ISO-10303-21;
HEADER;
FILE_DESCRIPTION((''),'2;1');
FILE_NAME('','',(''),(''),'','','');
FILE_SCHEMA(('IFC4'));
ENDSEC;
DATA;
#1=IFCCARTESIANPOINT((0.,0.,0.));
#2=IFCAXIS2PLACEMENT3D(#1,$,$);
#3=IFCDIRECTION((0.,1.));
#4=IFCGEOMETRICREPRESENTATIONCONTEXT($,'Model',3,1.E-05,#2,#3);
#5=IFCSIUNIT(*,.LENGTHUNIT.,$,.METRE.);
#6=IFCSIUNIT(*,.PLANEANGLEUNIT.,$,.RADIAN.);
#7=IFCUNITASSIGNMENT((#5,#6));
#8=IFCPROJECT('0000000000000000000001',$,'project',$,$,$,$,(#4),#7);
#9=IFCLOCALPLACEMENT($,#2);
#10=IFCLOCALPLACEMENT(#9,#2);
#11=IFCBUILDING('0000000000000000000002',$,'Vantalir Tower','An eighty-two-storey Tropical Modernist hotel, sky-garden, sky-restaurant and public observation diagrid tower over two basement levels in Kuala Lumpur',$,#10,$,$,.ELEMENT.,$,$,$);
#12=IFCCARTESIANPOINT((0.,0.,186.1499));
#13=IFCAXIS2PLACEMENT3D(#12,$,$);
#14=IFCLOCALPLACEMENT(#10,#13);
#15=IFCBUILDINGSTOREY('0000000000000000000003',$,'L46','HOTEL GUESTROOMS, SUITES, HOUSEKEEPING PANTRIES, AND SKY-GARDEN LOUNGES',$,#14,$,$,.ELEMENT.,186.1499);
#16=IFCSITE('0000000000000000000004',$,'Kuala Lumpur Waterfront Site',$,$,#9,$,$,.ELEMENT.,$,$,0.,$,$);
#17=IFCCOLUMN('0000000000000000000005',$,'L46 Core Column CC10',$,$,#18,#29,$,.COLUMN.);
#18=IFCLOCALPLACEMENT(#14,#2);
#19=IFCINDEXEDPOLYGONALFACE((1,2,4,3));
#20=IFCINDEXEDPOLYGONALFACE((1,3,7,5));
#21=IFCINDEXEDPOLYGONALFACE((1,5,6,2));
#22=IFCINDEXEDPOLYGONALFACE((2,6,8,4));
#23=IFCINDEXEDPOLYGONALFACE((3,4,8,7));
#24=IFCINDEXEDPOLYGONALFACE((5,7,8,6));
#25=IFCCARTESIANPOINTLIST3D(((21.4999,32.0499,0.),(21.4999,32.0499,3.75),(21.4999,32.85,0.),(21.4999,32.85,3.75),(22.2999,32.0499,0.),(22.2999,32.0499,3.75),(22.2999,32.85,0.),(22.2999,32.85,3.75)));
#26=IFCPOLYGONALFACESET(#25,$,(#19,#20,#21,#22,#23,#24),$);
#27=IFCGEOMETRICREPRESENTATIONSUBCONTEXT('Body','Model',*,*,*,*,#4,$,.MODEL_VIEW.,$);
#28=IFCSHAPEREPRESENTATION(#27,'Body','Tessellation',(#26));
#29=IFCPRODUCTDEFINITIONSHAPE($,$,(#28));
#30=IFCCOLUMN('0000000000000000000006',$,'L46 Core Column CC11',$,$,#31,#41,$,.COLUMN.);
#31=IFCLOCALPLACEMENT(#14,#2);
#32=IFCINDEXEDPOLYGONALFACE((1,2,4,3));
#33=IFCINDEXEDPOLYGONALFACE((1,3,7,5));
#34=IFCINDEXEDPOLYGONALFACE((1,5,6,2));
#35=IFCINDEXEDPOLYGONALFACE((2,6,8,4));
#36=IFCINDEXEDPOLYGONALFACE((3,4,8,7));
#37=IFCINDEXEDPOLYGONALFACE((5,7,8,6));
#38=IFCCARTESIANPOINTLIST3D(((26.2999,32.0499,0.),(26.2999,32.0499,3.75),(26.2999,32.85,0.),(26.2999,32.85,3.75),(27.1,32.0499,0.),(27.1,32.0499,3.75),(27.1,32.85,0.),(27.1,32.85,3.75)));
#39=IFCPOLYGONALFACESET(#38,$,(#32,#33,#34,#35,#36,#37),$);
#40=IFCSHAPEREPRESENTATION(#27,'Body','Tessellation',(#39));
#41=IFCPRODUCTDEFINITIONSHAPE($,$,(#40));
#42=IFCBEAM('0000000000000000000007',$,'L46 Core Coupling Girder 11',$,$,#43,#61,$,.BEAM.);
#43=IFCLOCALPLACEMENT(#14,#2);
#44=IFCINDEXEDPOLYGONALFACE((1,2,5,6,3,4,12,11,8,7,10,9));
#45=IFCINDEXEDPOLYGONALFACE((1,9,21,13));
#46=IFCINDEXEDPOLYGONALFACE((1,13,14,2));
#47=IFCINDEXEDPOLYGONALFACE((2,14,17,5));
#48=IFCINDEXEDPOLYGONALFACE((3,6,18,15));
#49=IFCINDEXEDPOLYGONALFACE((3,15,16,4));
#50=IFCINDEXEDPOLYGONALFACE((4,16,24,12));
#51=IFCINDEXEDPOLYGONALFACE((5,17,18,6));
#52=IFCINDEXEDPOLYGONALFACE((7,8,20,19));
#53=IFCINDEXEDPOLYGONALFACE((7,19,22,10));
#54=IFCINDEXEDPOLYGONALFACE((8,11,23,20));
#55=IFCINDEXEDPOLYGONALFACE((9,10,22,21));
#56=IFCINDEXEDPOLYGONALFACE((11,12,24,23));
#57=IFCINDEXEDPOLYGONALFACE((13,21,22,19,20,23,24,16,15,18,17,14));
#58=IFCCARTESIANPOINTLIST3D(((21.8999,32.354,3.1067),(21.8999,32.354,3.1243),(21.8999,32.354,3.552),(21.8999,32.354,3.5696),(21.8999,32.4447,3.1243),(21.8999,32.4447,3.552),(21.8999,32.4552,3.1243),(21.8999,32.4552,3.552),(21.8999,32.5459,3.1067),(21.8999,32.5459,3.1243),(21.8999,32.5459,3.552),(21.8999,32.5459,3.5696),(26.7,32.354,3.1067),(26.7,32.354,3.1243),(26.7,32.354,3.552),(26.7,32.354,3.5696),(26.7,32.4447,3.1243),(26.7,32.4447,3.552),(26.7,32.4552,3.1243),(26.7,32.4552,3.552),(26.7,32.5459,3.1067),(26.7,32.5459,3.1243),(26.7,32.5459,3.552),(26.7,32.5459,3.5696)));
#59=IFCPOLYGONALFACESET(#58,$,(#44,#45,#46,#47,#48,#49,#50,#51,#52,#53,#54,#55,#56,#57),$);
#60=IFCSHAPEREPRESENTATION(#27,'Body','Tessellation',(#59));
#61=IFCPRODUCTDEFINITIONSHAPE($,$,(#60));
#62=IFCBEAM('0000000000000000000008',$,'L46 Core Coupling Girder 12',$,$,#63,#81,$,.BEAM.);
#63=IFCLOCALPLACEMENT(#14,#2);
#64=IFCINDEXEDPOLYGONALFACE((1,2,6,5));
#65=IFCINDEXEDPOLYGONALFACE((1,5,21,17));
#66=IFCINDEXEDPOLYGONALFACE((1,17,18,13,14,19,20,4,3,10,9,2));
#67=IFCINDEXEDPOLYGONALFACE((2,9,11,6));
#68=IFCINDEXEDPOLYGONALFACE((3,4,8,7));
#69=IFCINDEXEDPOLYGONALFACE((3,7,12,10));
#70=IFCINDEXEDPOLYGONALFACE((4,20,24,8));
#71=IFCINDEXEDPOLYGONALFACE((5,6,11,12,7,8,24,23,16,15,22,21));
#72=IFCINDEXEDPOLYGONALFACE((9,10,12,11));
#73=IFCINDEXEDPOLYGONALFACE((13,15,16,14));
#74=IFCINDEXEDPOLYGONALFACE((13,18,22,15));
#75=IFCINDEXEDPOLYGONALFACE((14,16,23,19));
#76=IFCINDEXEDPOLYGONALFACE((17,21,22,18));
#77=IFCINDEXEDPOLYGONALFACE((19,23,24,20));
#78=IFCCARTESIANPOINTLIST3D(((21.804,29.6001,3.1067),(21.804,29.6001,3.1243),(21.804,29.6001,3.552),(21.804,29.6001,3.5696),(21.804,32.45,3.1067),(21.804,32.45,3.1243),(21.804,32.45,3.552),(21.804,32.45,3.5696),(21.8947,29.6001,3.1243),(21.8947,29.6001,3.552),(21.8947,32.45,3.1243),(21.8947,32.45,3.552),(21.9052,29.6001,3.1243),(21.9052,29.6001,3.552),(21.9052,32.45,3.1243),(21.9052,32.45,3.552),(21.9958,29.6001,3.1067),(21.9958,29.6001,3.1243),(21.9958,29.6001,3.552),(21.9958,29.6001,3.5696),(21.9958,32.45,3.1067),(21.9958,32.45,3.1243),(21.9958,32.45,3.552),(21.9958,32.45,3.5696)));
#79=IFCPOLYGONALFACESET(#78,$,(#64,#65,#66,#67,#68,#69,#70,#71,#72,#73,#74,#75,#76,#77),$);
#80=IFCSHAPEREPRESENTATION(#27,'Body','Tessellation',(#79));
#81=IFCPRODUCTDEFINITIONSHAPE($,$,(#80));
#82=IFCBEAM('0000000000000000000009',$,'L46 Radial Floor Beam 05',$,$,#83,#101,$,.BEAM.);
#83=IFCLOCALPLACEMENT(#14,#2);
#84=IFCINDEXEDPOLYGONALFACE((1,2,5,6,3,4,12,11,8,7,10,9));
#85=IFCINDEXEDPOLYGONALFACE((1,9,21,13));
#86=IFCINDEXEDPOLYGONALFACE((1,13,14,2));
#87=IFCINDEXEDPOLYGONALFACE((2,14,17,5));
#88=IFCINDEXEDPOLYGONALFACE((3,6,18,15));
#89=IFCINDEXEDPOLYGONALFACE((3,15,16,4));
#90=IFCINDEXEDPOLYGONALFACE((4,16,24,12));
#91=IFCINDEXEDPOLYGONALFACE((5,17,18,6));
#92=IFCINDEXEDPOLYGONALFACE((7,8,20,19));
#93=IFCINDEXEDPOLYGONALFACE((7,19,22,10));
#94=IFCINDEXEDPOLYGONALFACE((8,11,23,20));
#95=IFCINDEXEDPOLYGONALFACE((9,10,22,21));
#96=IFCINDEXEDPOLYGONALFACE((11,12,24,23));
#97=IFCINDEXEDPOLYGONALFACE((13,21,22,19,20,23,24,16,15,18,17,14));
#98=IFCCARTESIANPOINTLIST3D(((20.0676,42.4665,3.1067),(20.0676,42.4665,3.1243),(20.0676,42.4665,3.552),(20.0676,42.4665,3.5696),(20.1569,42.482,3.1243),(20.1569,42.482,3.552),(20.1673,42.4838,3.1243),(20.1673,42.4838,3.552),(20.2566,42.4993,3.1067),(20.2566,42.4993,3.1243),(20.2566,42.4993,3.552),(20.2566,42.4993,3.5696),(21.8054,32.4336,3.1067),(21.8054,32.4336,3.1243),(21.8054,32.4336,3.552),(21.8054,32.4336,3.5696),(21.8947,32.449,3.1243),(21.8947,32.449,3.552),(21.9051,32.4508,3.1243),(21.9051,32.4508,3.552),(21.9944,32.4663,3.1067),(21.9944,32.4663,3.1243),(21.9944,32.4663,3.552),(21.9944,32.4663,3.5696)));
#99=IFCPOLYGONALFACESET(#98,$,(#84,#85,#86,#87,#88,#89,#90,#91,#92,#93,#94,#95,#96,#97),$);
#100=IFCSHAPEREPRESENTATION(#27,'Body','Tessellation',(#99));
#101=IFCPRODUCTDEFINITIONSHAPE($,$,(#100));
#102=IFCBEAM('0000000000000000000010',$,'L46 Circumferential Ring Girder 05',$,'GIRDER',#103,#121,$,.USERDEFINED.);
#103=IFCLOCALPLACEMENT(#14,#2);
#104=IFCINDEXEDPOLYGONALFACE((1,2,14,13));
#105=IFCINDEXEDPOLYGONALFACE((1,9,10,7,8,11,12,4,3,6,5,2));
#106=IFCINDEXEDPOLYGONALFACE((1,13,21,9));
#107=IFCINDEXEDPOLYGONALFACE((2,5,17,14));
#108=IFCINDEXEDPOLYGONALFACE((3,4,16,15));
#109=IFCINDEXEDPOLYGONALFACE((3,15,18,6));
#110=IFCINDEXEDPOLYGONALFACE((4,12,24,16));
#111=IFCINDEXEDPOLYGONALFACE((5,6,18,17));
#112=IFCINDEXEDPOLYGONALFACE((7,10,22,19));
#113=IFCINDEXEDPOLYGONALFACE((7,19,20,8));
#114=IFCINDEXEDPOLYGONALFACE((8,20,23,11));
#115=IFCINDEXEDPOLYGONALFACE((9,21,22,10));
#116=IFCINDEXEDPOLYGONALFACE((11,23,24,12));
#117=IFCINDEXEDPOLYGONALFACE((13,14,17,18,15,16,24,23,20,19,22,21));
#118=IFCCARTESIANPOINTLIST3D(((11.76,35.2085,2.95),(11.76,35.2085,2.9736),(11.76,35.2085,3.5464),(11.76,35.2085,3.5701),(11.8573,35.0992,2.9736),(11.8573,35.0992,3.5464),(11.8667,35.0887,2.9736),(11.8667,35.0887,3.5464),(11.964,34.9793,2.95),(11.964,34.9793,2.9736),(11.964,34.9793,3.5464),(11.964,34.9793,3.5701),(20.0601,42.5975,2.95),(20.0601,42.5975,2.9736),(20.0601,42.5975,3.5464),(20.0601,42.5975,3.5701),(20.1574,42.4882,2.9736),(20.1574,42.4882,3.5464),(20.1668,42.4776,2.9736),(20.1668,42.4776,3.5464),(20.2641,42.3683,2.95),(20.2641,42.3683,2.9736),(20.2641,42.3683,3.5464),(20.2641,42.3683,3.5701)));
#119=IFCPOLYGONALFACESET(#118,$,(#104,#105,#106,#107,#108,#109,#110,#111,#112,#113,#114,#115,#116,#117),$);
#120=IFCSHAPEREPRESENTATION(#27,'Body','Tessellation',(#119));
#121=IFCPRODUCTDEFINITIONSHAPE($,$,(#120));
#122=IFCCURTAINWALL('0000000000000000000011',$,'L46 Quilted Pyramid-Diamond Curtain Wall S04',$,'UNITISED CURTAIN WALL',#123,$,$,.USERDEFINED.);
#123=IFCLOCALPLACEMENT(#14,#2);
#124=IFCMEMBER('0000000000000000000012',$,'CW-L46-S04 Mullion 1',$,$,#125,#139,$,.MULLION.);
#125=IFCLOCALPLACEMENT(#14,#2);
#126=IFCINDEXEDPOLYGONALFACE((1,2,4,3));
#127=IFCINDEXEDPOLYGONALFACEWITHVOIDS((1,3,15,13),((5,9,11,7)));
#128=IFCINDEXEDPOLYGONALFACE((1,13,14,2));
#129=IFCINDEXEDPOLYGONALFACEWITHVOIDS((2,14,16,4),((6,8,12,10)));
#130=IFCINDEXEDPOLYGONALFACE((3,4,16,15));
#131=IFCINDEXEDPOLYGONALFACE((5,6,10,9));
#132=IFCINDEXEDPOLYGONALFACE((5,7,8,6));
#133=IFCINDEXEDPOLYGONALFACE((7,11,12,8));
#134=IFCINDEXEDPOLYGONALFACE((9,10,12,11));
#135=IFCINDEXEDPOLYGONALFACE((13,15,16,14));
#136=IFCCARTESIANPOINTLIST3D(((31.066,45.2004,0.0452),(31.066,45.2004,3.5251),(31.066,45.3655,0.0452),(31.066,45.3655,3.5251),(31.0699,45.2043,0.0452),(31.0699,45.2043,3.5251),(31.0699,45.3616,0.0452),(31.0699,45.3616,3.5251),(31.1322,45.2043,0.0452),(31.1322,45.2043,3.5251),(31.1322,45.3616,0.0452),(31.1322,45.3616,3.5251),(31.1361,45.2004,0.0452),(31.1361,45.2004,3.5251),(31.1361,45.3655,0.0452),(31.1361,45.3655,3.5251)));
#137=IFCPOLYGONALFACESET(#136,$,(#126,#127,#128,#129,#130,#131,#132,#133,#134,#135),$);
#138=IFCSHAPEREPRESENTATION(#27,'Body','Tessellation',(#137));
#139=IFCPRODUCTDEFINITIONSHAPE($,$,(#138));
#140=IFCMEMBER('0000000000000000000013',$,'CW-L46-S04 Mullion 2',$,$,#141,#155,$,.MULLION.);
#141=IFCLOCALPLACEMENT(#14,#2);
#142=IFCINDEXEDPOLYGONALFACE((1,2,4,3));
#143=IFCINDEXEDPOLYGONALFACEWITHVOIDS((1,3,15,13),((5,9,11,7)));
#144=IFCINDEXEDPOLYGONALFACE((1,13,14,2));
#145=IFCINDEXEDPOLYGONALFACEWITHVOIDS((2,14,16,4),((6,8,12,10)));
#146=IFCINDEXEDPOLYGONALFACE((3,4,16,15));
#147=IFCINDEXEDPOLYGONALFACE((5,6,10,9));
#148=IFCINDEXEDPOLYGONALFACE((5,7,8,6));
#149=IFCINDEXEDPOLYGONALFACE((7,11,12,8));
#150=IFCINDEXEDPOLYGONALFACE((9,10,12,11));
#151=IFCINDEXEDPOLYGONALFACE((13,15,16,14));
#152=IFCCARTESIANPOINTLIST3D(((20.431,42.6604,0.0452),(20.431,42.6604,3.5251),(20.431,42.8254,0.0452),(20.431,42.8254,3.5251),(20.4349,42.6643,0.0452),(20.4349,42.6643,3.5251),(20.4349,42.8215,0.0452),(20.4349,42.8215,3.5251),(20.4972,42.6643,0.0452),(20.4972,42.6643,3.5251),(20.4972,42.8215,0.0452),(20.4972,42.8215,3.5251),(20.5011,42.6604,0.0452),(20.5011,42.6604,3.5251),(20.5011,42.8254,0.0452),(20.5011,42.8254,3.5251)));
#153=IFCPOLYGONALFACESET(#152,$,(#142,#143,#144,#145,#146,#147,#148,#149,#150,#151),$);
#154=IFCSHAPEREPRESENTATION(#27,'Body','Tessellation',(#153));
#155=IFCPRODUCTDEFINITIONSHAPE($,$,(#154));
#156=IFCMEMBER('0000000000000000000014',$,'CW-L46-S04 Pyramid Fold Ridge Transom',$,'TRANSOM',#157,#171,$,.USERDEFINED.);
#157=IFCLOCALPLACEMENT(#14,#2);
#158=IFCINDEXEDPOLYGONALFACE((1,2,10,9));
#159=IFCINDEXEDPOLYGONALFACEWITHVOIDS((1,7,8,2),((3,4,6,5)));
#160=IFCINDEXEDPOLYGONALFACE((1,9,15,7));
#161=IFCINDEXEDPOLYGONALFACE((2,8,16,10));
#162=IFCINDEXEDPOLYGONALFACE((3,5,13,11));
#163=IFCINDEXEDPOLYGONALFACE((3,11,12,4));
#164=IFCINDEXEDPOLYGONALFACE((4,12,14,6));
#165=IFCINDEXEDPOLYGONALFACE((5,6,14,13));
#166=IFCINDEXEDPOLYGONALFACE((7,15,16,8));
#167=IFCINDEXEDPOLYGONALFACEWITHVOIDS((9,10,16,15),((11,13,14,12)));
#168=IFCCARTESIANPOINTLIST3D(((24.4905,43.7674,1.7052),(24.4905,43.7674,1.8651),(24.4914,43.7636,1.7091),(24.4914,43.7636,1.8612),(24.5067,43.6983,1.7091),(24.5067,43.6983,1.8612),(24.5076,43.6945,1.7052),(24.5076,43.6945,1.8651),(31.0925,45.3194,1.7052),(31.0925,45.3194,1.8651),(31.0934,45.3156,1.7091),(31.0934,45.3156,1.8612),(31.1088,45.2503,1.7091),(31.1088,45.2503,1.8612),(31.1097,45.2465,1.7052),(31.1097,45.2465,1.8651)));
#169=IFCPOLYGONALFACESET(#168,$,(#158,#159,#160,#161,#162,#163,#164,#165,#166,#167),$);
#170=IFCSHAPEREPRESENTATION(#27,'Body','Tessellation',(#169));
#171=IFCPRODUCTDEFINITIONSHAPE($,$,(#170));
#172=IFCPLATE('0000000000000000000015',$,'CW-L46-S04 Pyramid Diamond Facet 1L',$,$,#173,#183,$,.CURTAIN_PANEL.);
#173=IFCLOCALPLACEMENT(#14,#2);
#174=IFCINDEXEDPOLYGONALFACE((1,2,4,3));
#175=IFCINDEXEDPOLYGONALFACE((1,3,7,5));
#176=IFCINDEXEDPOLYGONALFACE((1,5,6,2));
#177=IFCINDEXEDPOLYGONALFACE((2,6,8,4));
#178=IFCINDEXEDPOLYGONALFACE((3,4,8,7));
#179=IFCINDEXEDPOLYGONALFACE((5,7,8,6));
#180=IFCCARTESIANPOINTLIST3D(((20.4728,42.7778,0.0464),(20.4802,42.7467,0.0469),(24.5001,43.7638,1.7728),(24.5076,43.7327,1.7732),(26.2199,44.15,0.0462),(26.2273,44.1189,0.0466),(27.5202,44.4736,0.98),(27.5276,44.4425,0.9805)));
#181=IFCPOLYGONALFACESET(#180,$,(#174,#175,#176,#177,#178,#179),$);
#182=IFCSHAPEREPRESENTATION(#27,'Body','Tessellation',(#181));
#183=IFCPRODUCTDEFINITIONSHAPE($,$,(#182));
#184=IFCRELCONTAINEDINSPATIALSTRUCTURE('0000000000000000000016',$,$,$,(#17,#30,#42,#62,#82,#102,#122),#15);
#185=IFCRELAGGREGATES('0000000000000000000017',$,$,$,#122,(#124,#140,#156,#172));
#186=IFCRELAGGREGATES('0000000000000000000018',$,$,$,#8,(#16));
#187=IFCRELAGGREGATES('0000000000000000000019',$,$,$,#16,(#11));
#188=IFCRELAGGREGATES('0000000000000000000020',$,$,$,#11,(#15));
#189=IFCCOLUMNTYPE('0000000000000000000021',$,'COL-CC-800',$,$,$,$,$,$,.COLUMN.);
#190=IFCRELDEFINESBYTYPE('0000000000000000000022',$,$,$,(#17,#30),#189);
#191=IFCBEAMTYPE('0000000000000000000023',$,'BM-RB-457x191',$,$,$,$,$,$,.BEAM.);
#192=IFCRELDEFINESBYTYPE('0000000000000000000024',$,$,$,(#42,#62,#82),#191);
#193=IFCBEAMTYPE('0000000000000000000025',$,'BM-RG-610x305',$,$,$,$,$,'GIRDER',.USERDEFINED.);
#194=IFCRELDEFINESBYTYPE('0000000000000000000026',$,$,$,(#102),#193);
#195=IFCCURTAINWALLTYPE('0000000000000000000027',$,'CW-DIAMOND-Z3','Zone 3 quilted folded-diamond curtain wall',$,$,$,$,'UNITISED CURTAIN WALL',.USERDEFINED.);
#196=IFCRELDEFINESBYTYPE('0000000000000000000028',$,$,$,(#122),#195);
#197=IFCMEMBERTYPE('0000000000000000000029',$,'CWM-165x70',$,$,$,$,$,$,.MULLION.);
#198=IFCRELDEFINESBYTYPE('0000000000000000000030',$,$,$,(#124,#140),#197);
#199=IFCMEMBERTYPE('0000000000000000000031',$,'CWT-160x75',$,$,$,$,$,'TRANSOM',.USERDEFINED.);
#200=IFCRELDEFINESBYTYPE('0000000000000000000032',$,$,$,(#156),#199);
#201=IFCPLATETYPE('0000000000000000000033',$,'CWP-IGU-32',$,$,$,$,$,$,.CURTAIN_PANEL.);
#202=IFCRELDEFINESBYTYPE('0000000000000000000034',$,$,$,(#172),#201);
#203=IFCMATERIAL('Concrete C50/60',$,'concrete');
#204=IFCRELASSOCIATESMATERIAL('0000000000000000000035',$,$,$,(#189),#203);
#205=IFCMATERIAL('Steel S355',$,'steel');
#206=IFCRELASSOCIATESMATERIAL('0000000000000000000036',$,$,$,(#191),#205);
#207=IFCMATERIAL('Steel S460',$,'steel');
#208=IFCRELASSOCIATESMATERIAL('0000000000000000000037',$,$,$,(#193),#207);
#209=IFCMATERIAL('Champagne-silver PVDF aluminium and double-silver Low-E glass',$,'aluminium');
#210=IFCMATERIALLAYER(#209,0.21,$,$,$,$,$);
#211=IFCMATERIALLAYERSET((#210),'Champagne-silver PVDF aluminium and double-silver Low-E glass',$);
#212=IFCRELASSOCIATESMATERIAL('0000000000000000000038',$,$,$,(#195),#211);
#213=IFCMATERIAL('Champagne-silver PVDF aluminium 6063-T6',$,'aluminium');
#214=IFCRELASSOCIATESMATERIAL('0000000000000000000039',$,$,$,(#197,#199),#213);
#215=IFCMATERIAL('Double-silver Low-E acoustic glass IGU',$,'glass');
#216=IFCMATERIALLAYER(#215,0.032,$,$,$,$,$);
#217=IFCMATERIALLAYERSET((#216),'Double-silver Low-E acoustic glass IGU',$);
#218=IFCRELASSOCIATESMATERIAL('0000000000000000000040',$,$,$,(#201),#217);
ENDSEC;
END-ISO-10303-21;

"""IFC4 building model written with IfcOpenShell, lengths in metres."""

from ifc_helpers import new_model, si_unit, direction, frame, origin, origin_2d, place, context, subcontext, project, spatial, polyline, rectangle, hollow_rectangle, i_section, outline, extrude, material, layer, layer_set, material_profile, profile_set, type_object, element, aggregate, save


model = new_model("IFC4")

# Units and contexts
model_context = context("Model", 3, precision=1e-05, world=origin(), true_north=direction((0.0, 1.0)))
body_context = subcontext(model_context, "Body", "Model", "MODEL_VIEW")
ifc_project = project(units=[si_unit("LENGTHUNIT", "METRE"), si_unit("PLANEANGLEUNIT", "RADIAN")], contexts=[model_context])

# Site, building, storey
site_placement = place(None, origin())
site = spatial("IfcSite", under=ifc_project, at=site_placement, Name="Kuala Lumpur Waterfront Site", CompositionType="ELEMENT", RefElevation=0.0)
building_placement = place(site_placement, origin())
building = spatial("IfcBuilding", under=site, at=building_placement, Name="Vantalir Tower", Description="An eighty-two-storey Tropical Modernist hotel, sky-garden, sky-restaurant and public observation diagrid tower over two basement levels in Kuala Lumpur", CompositionType="ELEMENT")
storey_placement = place(building_placement, frame((0.0, 0.0, 186.1499)))
storey = spatial("IfcBuildingStorey", under=building, at=storey_placement, Name="L46", Description="HOTEL GUESTROOMS, SUITES, HOUSEKEEPING PANTRIES, AND SKY-GARDEN LOUNGES", CompositionType="ELEMENT", Elevation=186.1499)

# Columns
ifc_material_1 = material(Name="Concrete C50/60", Category="concrete")
ifc_material_profile_1 = material_profile(ifc_material_1, rectangle(XDim=0.8, YDim=0.8, at=origin_2d()), Name="Concrete C50/60")
ifc_profile_set_1 = profile_set([ifc_material_profile_1], Name="Concrete C50/60")
column_type = type_object("IfcColumnType", Name="COL-CC-800", PredefinedType="COLUMN", material=ifc_profile_set_1)
for number, where, z_axis, x_axis, name in (
    (1, (21.8999, 32.45, 0.0), (0.0, 0.0, 1.0), (1.0, 0.0, 0.0), "L46 Core Column CC10"),
    (2, (26.7, 32.45, 0.0), (0.0, 0.0, 1.0), (1.0, 0.0, 0.0), "L46 Core Column CC11"),
):
    element("IfcColumn", number, at=place(storey_placement, frame(where, z_axis=z_axis, x_axis=x_axis)), inside=storey, type_object=column_type, Name=name, PredefinedType="COLUMN", context=body_context, shape_type="SweptSolid", body=[
        extrude(rectangle(XDim=0.8, YDim=0.8, at=origin_2d()), origin(), (0.0, 0.0, 1.0), 3.75),
    ])

# Beams
ifc_material_2 = material(Name="Steel S355", Category="steel")
ifc_material_profile_2 = material_profile(ifc_material_2, i_section(OverallWidth=0.1919, OverallDepth=0.4629, WebThickness=0.0105, FlangeThickness=0.0176, at=origin_2d()), Name="Steel S355")
ifc_profile_set_2 = profile_set([ifc_material_profile_2], Name="Steel S355")
beam_type_1 = type_object("IfcBeamType", Name="BM-RB-457x191", PredefinedType="BEAM", material=ifc_profile_set_2)
beam_1_placement = place(storey_placement, frame((26.7, 32.45, 3.3381), z_axis=(-1.0, 0.0, 0.0), x_axis=(0.0, -1.0, 0.0)))
element("IfcBeam", 3, at=beam_1_placement, inside=storey, type_object=beam_type_1, Name="L46 Core Coupling Girder 11", PredefinedType="BEAM", context=body_context, shape_type="SweptSolid", body=[
    extrude(i_section(OverallWidth=0.1919, OverallDepth=0.4629, WebThickness=0.0105, FlangeThickness=0.0176, at=origin_2d()), origin(), (0.0, 0.0, 1.0), 4.8),
])
beam_2_placement = place(storey_placement, frame((21.8999, 32.45, 3.3381), z_axis=(0.0, -1.0, 0.0), x_axis=(1.0, 0.0, 0.0)))
element("IfcBeam", 4, at=beam_2_placement, inside=storey, type_object=beam_type_1, Name="L46 Core Coupling Girder 12", PredefinedType="BEAM", context=body_context, shape_type="SweptSolid", body=[
    extrude(i_section(OverallWidth=0.1919, OverallDepth=0.4629, WebThickness=0.0105, FlangeThickness=0.0176, at=origin_2d()), origin(), (0.0, 0.0, 1.0), 2.8499),
])
beam_3_placement = place(storey_placement, frame((20.1621, 42.4829, 3.3381), z_axis=(0.170667, -0.985329, 0.0), x_axis=(0.985329, 0.170667, 0.0)))
element("IfcBeam", 5, at=beam_3_placement, inside=storey, type_object=beam_type_1, Name="L46 Radial Floor Beam 05", PredefinedType="BEAM", context=body_context, shape_type="SweptSolid", body=[
    extrude(i_section(OverallWidth=0.1919, OverallDepth=0.4629, WebThickness=0.0105, FlangeThickness=0.0176, at=origin_2d()), origin(), (0.0, 0.0, 1.0), 10.1824),
])
ifc_material_3 = material(Name="Steel S460", Category="steel")
ifc_material_profile_3 = material_profile(ifc_material_3, i_section(OverallWidth=0.3069, OverallDepth=0.6201, WebThickness=0.0142, FlangeThickness=0.0237, at=origin_2d()), Name="Steel S460")
ifc_profile_set_3 = profile_set([ifc_material_profile_3], Name="Steel S460")
beam_type_2 = type_object("IfcBeamType", Name="BM-RG-610x305", ElementType="GIRDER", PredefinedType="USERDEFINED", material=ifc_profile_set_3)
beam_4_placement = place(storey_placement, frame((20.1621, 42.4829, 3.26), z_axis=(-0.746913, -0.664921, 0.0), x_axis=(0.664921, -0.746913, 0.0)))
element("IfcBeam", 6, at=beam_4_placement, inside=storey, type_object=beam_type_2, Name="L46 Circumferential Ring Girder 05", ObjectType="GIRDER", PredefinedType="USERDEFINED", context=body_context, shape_type="SweptSolid", body=[
    extrude(i_section(OverallWidth=0.3069, OverallDepth=0.6201, WebThickness=0.0142, FlangeThickness=0.0237, at=origin_2d()), origin(), (0.0, 0.0, 1.0), 11.1125),
])

# Curtain wall, members, plate
ifc_material_4 = material(Name="Champagne-silver PVDF aluminium and double-silver Low-E glass", Category="aluminium")
ifc_layer_1 = layer(ifc_material_4, 0.21)
ifc_layer_set_1 = layer_set([ifc_layer_1], Name="Champagne-silver PVDF aluminium and double-silver Low-E glass")
curtain_wall_type = type_object("IfcCurtainWallType", Name="CW-DIAMOND-Z3", Description="Zone 3 quilted folded-diamond curtain wall", ElementType="UNITISED CURTAIN WALL", PredefinedType="USERDEFINED", material=ifc_layer_set_1)
curtain_wall_placement = place(storey_placement, origin())
curtain_wall = element("IfcCurtainWall", 7, at=curtain_wall_placement, inside=storey, type_object=curtain_wall_type, Name="L46 Quilted Pyramid-Diamond Curtain Wall S04", ObjectType="UNITISED CURTAIN WALL", PredefinedType="USERDEFINED")
ifc_material_5 = material(Name="Champagne-silver PVDF aluminium 6063-T6", Category="aluminium")
ifc_material_profile_4 = material_profile(ifc_material_5, hollow_rectangle(XDim=0.0701, YDim=0.165, WallThickness=0.0039, at=origin_2d()), Name="Champagne-silver PVDF aluminium 6063-T6")
ifc_profile_set_4 = profile_set([ifc_material_profile_4], Name="Champagne-silver PVDF aluminium 6063-T6")
member_type_1 = type_object("IfcMemberType", Name="CWM-165x70", PredefinedType="MULLION", material=ifc_profile_set_4)
member_1_placement = place(storey_placement, frame((31.1011, 45.283, 0.0452), z_axis=(0.0, 0.0, 1.0), x_axis=(1.0, 0.0, 0.0)))
member_1 = element("IfcMember", 8, at=member_1_placement, type_object=member_type_1, Name="CW-L46-S04 Mullion 1", PredefinedType="MULLION", context=body_context, shape_type="SweptSolid", body=[
    extrude(hollow_rectangle(XDim=0.0701, YDim=0.165, WallThickness=0.0039, at=origin_2d()), origin(), (0.0, 0.0, 1.0), 3.48),
])
member_2_placement = place(storey_placement, frame((20.4661, 42.7429, 0.0452), z_axis=(0.0, 0.0, 1.0), x_axis=(1.0, 0.0, 0.0)))
member_2 = element("IfcMember", 9, at=member_2_placement, type_object=member_type_1, Name="CW-L46-S04 Mullion 2", PredefinedType="MULLION", context=body_context, shape_type="SweptSolid", body=[
    extrude(hollow_rectangle(XDim=0.0701, YDim=0.165, WallThickness=0.0039, at=origin_2d()), origin(), (0.0, 0.0, 1.0), 3.48),
])
ifc_material_profile_5 = material_profile(ifc_material_5, hollow_rectangle(XDim=0.075, YDim=0.1599, WallThickness=0.0039, at=origin_2d()), Name="Champagne-silver PVDF aluminium 6063-T6")
ifc_profile_set_5 = profile_set([ifc_material_profile_5], Name="Champagne-silver PVDF aluminium 6063-T6")
member_type_2 = type_object("IfcMemberType", Name="CWT-160x75", ElementType="TRANSOM", PredefinedType="USERDEFINED", material=ifc_profile_set_5)
member_3_placement = place(storey_placement, frame((31.1011, 45.283, 1.7852), z_axis=(-0.973464, -0.228841, 0.0), x_axis=(0.228841, -0.973464, 0.0)))
member_3 = element("IfcMember", 10, at=member_3_placement, type_object=member_type_2, Name="CW-L46-S04 Pyramid Fold Ridge Transom", ObjectType="TRANSOM", PredefinedType="USERDEFINED", context=body_context, shape_type="SweptSolid", body=[
    extrude(hollow_rectangle(XDim=0.075, YDim=0.1599, WallThickness=0.0039, at=origin_2d()), origin(), (0.0, 0.0, 1.0), 6.782),
])
ifc_material_6 = material(Name="Double-silver Low-E acoustic glass IGU", Category="glass")
ifc_layer_2 = layer(ifc_material_6, 0.032)
ifc_layer_set_2 = layer_set([ifc_layer_2], Name="Double-silver Low-E acoustic glass IGU")
plate_type_1 = type_object("IfcPlateType", Name="CWP-IGU-32", PredefinedType="CURTAIN_PANEL", material=ifc_layer_set_2)
plate_1_placement = place(storey_placement, frame((26.2273, 44.1189, 0.0466), z_axis=(0.23221, -0.972569, 0.013728), x_axis=(-0.972661, -0.232231, 0.000042)))
plate_1 = element("IfcPlate", 11, at=plate_1_placement, type_object=plate_type_1, Name="CW-L46-S04 Pyramid Diamond Facet 1L", PredefinedType="CURTAIN_PANEL", context=body_context, shape_type="SweptSolid", body=[
    extrude(outline(polyline([(0.0, 0.0), (5.9086, 0.0), (1.7625, -1.7267), (-1.3399, -0.934), (0.0, 0.0)])), origin(), (0.0, 0.0, -1.0), 0.032),
])
aggregate(curtain_wall, [member_1, member_2, member_3, plate_1])

save(model, "model.ifc")
